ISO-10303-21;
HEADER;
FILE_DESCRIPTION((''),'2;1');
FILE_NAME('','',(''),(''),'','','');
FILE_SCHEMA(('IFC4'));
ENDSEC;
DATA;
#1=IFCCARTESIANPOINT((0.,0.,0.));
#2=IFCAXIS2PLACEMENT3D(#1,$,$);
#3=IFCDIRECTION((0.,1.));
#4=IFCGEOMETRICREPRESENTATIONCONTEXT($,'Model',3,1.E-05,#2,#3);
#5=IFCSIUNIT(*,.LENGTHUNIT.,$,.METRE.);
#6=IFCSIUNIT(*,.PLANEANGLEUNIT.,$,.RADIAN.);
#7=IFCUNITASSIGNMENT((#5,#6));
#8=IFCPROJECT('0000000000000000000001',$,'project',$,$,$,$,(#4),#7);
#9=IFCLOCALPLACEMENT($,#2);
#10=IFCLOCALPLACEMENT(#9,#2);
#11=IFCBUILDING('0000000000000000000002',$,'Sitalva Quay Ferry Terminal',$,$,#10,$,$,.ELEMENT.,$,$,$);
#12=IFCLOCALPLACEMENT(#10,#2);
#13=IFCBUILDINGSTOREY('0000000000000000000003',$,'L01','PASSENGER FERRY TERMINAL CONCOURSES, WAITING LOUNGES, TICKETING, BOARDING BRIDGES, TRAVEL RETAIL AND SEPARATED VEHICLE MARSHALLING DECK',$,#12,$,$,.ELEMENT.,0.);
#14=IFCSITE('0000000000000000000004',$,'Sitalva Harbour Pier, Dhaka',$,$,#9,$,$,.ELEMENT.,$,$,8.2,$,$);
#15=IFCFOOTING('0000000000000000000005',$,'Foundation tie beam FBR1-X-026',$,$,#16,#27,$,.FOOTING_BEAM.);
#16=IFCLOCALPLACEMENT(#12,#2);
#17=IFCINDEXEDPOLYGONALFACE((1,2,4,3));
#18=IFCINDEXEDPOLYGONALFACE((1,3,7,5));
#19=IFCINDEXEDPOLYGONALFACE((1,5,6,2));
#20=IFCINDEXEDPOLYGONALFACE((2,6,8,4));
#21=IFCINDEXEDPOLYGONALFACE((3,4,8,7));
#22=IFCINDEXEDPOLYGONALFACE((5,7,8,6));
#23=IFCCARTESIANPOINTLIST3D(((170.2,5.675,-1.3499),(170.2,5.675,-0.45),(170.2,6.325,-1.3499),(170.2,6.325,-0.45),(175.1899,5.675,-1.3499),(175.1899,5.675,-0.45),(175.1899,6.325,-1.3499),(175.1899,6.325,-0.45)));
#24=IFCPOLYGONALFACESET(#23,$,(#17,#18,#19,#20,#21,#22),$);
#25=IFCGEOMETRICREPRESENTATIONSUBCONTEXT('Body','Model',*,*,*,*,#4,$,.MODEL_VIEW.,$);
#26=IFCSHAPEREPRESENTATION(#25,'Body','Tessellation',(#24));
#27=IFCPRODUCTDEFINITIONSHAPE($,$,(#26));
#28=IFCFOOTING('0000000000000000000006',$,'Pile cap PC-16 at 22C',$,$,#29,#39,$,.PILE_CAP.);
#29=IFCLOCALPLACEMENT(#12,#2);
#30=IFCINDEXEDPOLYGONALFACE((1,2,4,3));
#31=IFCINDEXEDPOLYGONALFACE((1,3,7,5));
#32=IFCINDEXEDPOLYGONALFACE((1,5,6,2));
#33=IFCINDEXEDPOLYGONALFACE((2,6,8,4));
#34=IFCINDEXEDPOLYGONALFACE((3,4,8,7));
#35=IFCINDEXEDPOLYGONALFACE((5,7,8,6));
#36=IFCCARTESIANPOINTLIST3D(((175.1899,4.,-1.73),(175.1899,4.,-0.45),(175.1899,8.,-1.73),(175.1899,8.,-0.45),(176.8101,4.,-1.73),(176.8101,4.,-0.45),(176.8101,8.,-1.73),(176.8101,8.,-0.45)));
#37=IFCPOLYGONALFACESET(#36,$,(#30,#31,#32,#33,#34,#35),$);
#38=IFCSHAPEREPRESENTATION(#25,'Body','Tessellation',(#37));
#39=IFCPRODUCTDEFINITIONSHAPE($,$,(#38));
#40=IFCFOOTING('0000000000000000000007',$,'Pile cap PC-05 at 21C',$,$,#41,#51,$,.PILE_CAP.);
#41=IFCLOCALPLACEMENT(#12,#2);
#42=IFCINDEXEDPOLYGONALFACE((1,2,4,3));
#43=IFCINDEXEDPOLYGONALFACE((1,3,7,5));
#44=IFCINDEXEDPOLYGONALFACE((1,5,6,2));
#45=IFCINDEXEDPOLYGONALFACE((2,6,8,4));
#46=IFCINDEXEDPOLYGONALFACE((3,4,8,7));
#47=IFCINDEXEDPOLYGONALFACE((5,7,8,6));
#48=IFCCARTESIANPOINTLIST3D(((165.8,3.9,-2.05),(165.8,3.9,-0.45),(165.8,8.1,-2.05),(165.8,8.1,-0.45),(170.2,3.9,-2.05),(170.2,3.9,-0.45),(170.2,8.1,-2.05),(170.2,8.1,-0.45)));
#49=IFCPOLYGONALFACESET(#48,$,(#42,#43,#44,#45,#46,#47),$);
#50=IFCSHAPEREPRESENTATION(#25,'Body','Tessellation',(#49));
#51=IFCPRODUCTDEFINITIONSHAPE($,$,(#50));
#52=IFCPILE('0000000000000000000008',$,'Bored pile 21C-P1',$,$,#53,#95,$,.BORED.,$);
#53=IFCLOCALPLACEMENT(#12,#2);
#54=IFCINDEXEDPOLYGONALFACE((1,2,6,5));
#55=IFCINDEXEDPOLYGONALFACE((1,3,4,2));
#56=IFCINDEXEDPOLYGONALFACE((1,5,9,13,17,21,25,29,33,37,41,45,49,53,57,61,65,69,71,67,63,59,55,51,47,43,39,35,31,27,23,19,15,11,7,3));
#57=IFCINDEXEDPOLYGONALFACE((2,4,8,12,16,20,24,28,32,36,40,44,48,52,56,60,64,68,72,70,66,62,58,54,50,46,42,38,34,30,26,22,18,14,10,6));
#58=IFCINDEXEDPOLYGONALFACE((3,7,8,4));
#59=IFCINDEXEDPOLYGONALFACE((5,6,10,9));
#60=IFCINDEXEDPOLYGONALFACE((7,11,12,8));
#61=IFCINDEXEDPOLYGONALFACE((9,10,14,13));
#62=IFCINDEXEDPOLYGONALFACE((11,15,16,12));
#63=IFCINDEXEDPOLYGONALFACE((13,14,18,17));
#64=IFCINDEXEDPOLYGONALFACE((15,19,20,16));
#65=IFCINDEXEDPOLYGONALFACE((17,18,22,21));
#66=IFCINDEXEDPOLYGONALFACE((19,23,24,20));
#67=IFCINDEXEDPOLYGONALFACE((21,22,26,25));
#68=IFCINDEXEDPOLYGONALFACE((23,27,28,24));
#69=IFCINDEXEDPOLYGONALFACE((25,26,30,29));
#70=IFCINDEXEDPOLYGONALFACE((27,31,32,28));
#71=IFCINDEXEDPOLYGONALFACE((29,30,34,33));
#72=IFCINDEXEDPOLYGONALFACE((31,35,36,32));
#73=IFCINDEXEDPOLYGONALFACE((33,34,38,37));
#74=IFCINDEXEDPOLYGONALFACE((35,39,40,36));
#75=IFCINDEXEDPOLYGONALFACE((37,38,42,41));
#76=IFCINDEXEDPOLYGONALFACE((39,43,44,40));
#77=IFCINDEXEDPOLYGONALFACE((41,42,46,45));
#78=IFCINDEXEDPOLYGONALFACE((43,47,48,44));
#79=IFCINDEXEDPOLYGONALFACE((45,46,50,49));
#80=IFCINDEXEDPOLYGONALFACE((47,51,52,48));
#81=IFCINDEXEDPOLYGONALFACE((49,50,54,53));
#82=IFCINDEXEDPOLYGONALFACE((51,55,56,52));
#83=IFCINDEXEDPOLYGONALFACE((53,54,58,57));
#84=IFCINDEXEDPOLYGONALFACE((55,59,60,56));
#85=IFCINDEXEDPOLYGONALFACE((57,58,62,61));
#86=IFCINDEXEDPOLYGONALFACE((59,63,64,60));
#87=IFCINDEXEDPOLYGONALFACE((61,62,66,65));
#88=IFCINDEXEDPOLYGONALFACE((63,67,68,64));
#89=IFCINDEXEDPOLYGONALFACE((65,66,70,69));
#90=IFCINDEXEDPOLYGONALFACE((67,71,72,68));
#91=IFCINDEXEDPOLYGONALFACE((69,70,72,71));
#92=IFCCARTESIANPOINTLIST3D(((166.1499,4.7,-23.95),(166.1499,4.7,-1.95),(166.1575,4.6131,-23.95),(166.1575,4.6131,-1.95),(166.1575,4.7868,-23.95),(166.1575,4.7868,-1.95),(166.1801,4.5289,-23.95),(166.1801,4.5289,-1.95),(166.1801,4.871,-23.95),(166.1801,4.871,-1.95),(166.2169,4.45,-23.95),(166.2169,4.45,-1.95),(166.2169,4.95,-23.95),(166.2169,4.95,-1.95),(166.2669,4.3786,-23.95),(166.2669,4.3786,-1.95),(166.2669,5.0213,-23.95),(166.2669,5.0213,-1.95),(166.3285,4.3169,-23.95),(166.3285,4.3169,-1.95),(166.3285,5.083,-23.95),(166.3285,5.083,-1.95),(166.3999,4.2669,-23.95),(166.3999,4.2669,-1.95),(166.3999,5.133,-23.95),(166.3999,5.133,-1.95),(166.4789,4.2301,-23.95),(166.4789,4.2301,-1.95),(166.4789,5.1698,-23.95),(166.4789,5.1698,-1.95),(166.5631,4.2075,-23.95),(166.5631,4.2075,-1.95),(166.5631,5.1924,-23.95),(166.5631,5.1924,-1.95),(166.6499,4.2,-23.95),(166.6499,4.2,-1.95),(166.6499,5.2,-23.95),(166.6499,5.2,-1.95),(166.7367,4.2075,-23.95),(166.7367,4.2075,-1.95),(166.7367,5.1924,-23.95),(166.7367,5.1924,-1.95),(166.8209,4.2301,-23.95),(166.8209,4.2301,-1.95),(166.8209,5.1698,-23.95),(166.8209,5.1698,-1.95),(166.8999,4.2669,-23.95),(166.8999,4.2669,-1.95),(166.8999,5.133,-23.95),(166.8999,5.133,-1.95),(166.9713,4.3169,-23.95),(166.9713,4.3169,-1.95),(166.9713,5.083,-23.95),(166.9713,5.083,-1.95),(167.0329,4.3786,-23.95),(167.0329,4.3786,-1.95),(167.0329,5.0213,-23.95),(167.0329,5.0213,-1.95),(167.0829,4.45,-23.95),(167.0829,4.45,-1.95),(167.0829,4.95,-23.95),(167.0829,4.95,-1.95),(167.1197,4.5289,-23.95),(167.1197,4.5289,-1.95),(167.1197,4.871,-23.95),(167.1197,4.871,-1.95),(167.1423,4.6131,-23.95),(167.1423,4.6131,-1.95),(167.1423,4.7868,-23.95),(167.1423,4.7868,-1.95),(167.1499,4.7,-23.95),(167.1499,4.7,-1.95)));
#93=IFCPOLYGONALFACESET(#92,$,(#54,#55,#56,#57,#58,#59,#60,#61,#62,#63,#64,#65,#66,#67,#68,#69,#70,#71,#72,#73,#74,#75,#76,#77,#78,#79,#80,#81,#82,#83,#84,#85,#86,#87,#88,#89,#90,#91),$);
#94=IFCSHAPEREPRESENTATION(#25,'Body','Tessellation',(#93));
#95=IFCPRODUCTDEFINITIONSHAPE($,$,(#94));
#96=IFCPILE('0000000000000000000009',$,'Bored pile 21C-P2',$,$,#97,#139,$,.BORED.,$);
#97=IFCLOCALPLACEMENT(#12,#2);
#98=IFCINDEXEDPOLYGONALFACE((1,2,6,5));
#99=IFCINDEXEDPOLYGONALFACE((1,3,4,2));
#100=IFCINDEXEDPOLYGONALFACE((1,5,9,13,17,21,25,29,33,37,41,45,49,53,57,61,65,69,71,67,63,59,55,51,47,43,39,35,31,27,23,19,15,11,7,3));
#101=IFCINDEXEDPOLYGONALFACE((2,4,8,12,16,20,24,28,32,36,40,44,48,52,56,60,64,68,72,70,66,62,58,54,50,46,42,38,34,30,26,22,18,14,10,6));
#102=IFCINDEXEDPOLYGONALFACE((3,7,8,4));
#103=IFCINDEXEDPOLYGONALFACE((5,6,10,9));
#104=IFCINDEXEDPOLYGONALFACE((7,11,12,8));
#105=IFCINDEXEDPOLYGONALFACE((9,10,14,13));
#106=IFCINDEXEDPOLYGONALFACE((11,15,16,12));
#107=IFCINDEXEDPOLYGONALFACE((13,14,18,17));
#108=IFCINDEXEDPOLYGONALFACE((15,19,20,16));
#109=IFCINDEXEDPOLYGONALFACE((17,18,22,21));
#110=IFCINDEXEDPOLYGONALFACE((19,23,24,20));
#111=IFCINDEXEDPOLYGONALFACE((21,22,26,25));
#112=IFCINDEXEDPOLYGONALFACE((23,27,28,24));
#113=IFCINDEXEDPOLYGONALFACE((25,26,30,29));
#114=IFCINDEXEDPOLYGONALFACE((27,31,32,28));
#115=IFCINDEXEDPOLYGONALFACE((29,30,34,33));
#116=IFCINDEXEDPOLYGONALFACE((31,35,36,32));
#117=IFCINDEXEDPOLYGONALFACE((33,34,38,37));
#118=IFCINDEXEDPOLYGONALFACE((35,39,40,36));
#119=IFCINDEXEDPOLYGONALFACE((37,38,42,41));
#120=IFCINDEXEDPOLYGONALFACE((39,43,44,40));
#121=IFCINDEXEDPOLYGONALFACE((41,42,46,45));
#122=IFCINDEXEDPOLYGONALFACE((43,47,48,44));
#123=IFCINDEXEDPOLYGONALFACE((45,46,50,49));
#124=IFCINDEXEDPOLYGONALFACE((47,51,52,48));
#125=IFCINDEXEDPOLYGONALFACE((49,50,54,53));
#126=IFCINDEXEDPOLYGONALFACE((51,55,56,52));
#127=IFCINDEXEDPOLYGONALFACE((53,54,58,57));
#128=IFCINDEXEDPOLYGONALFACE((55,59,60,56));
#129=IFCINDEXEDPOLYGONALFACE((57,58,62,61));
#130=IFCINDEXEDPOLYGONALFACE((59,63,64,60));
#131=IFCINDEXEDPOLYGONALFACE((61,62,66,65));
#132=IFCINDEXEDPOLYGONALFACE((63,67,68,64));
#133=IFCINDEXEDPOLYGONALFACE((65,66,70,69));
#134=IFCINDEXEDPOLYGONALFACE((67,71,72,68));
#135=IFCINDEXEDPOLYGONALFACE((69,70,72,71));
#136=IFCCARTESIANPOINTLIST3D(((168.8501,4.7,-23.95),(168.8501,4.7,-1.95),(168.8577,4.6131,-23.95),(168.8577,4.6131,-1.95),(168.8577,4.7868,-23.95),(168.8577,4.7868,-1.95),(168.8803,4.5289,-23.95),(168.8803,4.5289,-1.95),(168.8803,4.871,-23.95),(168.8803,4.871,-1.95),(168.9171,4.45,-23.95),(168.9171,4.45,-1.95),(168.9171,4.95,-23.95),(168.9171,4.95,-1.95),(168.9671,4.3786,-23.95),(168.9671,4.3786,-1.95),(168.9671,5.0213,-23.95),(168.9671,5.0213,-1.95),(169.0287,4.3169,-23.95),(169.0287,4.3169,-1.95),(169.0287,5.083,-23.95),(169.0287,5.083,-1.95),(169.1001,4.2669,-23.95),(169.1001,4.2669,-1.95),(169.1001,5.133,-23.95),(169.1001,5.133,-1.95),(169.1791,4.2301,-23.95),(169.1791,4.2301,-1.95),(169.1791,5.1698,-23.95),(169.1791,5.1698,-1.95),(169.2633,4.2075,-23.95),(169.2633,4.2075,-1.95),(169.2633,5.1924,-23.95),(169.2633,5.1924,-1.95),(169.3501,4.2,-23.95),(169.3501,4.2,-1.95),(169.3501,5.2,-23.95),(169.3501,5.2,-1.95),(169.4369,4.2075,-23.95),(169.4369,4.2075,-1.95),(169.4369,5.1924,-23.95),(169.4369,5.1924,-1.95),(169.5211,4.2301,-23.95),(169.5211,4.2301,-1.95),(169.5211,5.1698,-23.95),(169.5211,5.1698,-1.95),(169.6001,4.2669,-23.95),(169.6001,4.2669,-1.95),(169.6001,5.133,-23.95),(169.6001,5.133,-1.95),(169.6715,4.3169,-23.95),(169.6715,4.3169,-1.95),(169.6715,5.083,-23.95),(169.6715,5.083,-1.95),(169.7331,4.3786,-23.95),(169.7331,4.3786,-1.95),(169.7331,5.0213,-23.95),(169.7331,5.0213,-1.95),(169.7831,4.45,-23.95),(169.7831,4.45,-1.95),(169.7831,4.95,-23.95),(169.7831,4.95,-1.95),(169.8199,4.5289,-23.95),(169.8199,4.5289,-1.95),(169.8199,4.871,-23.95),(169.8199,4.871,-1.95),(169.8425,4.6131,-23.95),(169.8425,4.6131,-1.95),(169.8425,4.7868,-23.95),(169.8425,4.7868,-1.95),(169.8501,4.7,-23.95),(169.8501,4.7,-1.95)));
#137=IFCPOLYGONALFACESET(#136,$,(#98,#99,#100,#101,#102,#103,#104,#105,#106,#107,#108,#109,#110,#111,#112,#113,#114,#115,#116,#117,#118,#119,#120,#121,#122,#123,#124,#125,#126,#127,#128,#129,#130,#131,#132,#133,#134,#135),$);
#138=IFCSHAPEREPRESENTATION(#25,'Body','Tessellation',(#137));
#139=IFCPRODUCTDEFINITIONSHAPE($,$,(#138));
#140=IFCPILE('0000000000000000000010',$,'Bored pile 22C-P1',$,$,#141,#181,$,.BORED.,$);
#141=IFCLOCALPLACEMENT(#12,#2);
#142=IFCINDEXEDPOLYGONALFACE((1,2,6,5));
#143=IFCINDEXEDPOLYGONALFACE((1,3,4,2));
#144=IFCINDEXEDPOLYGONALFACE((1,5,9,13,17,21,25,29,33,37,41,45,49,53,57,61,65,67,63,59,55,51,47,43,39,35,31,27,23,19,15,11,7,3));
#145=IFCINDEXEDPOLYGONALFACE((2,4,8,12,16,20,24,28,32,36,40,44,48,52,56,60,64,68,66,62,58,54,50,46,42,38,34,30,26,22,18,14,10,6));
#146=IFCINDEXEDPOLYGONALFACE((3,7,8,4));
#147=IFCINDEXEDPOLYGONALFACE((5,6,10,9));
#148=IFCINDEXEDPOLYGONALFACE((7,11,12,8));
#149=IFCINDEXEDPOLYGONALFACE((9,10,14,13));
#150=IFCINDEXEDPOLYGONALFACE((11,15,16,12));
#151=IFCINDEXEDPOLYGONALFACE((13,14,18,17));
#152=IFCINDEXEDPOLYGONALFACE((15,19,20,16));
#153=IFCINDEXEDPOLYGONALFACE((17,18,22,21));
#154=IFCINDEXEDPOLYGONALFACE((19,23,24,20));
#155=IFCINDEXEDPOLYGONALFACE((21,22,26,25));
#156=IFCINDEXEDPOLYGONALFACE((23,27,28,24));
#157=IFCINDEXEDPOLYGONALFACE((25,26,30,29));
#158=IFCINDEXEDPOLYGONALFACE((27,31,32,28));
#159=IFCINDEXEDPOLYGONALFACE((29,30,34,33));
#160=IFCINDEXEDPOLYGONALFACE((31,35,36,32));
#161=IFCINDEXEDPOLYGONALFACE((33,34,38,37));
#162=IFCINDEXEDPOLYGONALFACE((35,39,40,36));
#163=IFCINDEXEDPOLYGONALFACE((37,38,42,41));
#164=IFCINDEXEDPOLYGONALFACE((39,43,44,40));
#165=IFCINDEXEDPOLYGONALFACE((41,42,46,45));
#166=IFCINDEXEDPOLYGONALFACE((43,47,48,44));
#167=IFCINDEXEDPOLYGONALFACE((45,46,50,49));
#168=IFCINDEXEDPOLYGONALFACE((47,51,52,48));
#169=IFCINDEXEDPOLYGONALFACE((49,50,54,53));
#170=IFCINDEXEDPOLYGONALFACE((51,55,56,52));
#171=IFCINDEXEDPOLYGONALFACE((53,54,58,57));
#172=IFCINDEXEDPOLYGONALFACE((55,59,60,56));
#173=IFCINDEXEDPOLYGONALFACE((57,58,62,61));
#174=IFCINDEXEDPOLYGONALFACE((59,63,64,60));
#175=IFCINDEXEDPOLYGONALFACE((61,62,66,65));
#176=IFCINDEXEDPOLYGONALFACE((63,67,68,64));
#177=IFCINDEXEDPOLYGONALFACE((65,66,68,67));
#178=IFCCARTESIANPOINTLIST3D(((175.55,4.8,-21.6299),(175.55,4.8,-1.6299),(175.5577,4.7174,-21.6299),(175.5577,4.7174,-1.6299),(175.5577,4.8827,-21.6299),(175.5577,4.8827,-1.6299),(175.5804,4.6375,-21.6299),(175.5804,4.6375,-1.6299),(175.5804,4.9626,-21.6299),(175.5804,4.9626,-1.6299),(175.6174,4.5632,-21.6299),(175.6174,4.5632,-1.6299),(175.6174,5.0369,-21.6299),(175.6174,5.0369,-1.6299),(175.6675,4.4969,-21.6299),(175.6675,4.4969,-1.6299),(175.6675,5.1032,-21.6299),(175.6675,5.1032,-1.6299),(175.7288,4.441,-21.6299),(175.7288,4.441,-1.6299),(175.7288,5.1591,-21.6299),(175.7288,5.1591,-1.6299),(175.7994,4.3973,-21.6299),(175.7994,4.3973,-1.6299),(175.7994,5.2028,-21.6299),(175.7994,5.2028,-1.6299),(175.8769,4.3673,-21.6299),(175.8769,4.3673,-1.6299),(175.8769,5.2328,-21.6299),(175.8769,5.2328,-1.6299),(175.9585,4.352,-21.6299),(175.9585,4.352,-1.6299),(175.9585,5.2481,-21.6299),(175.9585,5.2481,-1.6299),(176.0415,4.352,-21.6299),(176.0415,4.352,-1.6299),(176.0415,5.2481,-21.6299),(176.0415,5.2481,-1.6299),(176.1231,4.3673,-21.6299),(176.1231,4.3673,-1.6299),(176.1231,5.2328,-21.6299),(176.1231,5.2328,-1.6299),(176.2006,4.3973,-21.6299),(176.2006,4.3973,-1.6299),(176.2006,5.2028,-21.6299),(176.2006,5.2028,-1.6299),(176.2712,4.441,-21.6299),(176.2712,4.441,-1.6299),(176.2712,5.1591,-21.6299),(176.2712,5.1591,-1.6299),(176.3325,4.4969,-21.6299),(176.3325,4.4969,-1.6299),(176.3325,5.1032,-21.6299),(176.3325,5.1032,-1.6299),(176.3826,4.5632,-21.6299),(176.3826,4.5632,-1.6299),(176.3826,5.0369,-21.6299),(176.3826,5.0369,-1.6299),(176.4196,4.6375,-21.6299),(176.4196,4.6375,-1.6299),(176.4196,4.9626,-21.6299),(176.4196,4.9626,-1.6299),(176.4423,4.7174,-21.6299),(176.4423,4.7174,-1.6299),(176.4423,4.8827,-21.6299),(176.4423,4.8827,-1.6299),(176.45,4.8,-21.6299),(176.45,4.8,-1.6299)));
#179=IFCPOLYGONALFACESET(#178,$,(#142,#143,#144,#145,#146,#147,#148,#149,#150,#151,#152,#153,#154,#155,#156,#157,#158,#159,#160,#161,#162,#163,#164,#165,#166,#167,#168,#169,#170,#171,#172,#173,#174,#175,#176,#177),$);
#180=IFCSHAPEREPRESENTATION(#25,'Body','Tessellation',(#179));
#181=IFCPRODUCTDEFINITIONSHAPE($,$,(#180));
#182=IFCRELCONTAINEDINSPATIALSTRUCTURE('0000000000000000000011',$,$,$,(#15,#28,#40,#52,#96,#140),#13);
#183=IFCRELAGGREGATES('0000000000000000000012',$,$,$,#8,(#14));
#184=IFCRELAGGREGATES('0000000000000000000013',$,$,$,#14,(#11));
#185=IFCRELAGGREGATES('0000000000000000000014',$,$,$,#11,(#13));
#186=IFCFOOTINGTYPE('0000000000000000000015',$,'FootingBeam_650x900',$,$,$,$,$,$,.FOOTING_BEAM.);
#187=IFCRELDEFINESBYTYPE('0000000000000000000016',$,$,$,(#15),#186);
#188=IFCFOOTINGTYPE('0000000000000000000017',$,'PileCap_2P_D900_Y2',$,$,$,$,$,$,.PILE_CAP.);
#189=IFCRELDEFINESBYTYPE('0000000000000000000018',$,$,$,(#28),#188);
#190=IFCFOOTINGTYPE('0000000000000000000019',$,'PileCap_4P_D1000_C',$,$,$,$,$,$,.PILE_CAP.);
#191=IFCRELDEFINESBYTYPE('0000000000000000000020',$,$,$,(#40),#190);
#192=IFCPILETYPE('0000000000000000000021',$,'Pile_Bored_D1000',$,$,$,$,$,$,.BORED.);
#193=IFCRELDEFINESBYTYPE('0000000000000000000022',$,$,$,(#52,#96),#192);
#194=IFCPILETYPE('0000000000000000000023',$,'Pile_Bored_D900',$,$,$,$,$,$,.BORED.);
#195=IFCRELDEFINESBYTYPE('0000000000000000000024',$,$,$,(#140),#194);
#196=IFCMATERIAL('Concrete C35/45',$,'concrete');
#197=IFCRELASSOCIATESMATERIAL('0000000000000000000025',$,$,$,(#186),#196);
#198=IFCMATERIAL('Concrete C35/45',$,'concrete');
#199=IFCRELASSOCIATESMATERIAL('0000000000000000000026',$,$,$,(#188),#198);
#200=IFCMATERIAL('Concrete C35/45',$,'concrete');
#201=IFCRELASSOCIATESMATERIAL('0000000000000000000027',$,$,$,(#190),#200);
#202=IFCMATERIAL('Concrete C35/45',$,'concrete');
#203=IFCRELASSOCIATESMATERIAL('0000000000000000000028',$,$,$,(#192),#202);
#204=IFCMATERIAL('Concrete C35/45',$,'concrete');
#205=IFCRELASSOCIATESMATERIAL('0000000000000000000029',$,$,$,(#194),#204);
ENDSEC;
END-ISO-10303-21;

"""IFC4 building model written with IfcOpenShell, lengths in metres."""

from ifc_helpers import new_model, si_unit, direction, frame, origin, origin_2d, place, context, subcontext, project, spatial, rectangle, circle, extrude, material, material_profile, profile_set, type_object, element, save


model = new_model("IFC4")

# Units and contexts
model_context = context("Model", 3, precision=1e-05, world=origin(), true_north=direction((0.0, 1.0)))
body_context = subcontext(model_context, "Body", "Model", "MODEL_VIEW")
ifc_project = project(units=[si_unit("LENGTHUNIT", "METRE"), si_unit("PLANEANGLEUNIT", "RADIAN")], contexts=[model_context])

# Site, building, storey
site_placement = place(None, origin())
site = spatial("IfcSite", under=ifc_project, at=site_placement, Name="Sitalva Harbour Pier, Dhaka", CompositionType="ELEMENT", RefElevation=8.2)
building_placement = place(site_placement, origin())
building = spatial("IfcBuilding", under=site, at=building_placement, Name="Sitalva Quay Ferry Terminal", CompositionType="ELEMENT")
storey_placement = place(building_placement, origin())
storey = spatial("IfcBuildingStorey", under=building, at=storey_placement, Name="L01", Description="PASSENGER FERRY TERMINAL CONCOURSES, WAITING LOUNGES, TICKETING, BOARDING BRIDGES, TRAVEL RETAIL AND SEPARATED VEHICLE MARSHALLING DECK", CompositionType="ELEMENT", Elevation=0.0)

# Footings
ifc_material_1 = material(Name="Concrete C35/45", Category="concrete")
ifc_material_profile_1 = material_profile(ifc_material_1, rectangle(XDim=0.6499, YDim=0.8999, at=origin_2d()), Name="RC650x900")
ifc_profile_set_1 = profile_set([ifc_material_profile_1], Name="Concrete C35/45")
footing_type_1 = type_object("IfcFootingType", Name="FootingBeam_650x900", PredefinedType="FOOTING_BEAM", material=ifc_profile_set_1)
footing_1_placement = place(storey_placement, frame((170.2, 6.0, -0.8999), z_axis=(1.0, 0.0, 0.0), x_axis=(0.0, 1.0, 0.0)))
element("IfcFooting", 1, at=footing_1_placement, inside=storey, type_object=footing_type_1, Name="Foundation tie beam FBR1-X-026", PredefinedType="FOOTING_BEAM", context=body_context, shape_type="SweptSolid", body=[
    extrude(rectangle(XDim=0.6499, YDim=0.8999, at=origin_2d()), origin(), (0.0, 0.0, 1.0), 4.99),
])
ifc_material_2 = material(Name="Concrete C35/45", Category="concrete")
footing_type_2 = type_object("IfcFootingType", Name="PileCap_2P_D900_Y2", PredefinedType="PILE_CAP", material=ifc_material_2)
footing_2_placement = place(storey_placement, frame((176.0, 6.0, -1.73), z_axis=(0.0, 0.0, 1.0), x_axis=(1.0, 0.0, 0.0)))
element("IfcFooting", 2, at=footing_2_placement, inside=storey, type_object=footing_type_2, Name="Pile cap PC-16 at 22C", PredefinedType="PILE_CAP", context=body_context, shape_type="SweptSolid", body=[
    extrude(rectangle(XDim=1.6201, YDim=4.0, at=origin_2d()), origin(), (0.0, 0.0, 1.0), 1.28),
])
ifc_material_3 = material(Name="Concrete C35/45", Category="concrete")
footing_type_3 = type_object("IfcFootingType", Name="PileCap_4P_D1000_C", PredefinedType="PILE_CAP", material=ifc_material_3)
footing_3_placement = place(storey_placement, frame((168.0, 6.0, -2.05), z_axis=(0.0, 0.0, 1.0), x_axis=(1.0, 0.0, 0.0)))
element("IfcFooting", 3, at=footing_3_placement, inside=storey, type_object=footing_type_3, Name="Pile cap PC-05 at 21C", PredefinedType="PILE_CAP", context=body_context, shape_type="SweptSolid", body=[
    extrude(rectangle(XDim=4.3999, YDim=4.2, at=origin_2d()), origin(), (0.0, 0.0, 1.0), 1.6001),
])

# Piles
ifc_material_4 = material(Name="Concrete C35/45", Category="concrete")
ifc_material_profile_2 = material_profile(ifc_material_4, circle(Radius=0.5, at=origin_2d()), Name="PILE-D1000")
ifc_profile_set_2 = profile_set([ifc_material_profile_2], Name="Concrete C35/45")
pile_type_1 = type_object("IfcPileType", Name="Pile_Bored_D1000", PredefinedType="BORED", material=ifc_profile_set_2)
for number, where, z_axis, x_axis, name in (
    (4, (166.6499, 4.7, -1.95), (0.0, 0.0, -1.0), (1.0, 0.0, 0.0), "Bored pile 21C-P1"),
    (5, (169.3501, 4.7, -1.95), (0.0, 0.0, -1.0), (1.0, 0.0, 0.0), "Bored pile 21C-P2"),
):
    element("IfcPile", number, at=place(storey_placement, frame(where, z_axis=z_axis, x_axis=x_axis)), inside=storey, type_object=pile_type_1, Name=name, PredefinedType="BORED", context=body_context, shape_type="SweptSolid", body=[
        extrude(circle(Radius=0.5, at=origin_2d()), origin(), (0.0, 0.0, 1.0), 22.0),
    ])
ifc_material_5 = material(Name="Concrete C35/45", Category="concrete")
ifc_material_profile_3 = material_profile(ifc_material_5, circle(Radius=0.45, at=origin_2d()), Name="PILE-D900")
ifc_profile_set_3 = profile_set([ifc_material_profile_3], Name="Concrete C35/45")
pile_type_2 = type_object("IfcPileType", Name="Pile_Bored_D900", PredefinedType="BORED", material=ifc_profile_set_3)
pile_placement = place(storey_placement, frame((176.0, 4.8, -1.6299), z_axis=(0.0, 0.0, -1.0), x_axis=(1.0, 0.0, 0.0)))
element("IfcPile", 6, at=pile_placement, inside=storey, type_object=pile_type_2, Name="Bored pile 22C-P1", PredefinedType="BORED", context=body_context, shape_type="SweptSolid", body=[
    extrude(circle(Radius=0.45, at=origin_2d()), origin(), (0.0, 0.0, 1.0), 20.0),
])

save(model, "model.ifc")
